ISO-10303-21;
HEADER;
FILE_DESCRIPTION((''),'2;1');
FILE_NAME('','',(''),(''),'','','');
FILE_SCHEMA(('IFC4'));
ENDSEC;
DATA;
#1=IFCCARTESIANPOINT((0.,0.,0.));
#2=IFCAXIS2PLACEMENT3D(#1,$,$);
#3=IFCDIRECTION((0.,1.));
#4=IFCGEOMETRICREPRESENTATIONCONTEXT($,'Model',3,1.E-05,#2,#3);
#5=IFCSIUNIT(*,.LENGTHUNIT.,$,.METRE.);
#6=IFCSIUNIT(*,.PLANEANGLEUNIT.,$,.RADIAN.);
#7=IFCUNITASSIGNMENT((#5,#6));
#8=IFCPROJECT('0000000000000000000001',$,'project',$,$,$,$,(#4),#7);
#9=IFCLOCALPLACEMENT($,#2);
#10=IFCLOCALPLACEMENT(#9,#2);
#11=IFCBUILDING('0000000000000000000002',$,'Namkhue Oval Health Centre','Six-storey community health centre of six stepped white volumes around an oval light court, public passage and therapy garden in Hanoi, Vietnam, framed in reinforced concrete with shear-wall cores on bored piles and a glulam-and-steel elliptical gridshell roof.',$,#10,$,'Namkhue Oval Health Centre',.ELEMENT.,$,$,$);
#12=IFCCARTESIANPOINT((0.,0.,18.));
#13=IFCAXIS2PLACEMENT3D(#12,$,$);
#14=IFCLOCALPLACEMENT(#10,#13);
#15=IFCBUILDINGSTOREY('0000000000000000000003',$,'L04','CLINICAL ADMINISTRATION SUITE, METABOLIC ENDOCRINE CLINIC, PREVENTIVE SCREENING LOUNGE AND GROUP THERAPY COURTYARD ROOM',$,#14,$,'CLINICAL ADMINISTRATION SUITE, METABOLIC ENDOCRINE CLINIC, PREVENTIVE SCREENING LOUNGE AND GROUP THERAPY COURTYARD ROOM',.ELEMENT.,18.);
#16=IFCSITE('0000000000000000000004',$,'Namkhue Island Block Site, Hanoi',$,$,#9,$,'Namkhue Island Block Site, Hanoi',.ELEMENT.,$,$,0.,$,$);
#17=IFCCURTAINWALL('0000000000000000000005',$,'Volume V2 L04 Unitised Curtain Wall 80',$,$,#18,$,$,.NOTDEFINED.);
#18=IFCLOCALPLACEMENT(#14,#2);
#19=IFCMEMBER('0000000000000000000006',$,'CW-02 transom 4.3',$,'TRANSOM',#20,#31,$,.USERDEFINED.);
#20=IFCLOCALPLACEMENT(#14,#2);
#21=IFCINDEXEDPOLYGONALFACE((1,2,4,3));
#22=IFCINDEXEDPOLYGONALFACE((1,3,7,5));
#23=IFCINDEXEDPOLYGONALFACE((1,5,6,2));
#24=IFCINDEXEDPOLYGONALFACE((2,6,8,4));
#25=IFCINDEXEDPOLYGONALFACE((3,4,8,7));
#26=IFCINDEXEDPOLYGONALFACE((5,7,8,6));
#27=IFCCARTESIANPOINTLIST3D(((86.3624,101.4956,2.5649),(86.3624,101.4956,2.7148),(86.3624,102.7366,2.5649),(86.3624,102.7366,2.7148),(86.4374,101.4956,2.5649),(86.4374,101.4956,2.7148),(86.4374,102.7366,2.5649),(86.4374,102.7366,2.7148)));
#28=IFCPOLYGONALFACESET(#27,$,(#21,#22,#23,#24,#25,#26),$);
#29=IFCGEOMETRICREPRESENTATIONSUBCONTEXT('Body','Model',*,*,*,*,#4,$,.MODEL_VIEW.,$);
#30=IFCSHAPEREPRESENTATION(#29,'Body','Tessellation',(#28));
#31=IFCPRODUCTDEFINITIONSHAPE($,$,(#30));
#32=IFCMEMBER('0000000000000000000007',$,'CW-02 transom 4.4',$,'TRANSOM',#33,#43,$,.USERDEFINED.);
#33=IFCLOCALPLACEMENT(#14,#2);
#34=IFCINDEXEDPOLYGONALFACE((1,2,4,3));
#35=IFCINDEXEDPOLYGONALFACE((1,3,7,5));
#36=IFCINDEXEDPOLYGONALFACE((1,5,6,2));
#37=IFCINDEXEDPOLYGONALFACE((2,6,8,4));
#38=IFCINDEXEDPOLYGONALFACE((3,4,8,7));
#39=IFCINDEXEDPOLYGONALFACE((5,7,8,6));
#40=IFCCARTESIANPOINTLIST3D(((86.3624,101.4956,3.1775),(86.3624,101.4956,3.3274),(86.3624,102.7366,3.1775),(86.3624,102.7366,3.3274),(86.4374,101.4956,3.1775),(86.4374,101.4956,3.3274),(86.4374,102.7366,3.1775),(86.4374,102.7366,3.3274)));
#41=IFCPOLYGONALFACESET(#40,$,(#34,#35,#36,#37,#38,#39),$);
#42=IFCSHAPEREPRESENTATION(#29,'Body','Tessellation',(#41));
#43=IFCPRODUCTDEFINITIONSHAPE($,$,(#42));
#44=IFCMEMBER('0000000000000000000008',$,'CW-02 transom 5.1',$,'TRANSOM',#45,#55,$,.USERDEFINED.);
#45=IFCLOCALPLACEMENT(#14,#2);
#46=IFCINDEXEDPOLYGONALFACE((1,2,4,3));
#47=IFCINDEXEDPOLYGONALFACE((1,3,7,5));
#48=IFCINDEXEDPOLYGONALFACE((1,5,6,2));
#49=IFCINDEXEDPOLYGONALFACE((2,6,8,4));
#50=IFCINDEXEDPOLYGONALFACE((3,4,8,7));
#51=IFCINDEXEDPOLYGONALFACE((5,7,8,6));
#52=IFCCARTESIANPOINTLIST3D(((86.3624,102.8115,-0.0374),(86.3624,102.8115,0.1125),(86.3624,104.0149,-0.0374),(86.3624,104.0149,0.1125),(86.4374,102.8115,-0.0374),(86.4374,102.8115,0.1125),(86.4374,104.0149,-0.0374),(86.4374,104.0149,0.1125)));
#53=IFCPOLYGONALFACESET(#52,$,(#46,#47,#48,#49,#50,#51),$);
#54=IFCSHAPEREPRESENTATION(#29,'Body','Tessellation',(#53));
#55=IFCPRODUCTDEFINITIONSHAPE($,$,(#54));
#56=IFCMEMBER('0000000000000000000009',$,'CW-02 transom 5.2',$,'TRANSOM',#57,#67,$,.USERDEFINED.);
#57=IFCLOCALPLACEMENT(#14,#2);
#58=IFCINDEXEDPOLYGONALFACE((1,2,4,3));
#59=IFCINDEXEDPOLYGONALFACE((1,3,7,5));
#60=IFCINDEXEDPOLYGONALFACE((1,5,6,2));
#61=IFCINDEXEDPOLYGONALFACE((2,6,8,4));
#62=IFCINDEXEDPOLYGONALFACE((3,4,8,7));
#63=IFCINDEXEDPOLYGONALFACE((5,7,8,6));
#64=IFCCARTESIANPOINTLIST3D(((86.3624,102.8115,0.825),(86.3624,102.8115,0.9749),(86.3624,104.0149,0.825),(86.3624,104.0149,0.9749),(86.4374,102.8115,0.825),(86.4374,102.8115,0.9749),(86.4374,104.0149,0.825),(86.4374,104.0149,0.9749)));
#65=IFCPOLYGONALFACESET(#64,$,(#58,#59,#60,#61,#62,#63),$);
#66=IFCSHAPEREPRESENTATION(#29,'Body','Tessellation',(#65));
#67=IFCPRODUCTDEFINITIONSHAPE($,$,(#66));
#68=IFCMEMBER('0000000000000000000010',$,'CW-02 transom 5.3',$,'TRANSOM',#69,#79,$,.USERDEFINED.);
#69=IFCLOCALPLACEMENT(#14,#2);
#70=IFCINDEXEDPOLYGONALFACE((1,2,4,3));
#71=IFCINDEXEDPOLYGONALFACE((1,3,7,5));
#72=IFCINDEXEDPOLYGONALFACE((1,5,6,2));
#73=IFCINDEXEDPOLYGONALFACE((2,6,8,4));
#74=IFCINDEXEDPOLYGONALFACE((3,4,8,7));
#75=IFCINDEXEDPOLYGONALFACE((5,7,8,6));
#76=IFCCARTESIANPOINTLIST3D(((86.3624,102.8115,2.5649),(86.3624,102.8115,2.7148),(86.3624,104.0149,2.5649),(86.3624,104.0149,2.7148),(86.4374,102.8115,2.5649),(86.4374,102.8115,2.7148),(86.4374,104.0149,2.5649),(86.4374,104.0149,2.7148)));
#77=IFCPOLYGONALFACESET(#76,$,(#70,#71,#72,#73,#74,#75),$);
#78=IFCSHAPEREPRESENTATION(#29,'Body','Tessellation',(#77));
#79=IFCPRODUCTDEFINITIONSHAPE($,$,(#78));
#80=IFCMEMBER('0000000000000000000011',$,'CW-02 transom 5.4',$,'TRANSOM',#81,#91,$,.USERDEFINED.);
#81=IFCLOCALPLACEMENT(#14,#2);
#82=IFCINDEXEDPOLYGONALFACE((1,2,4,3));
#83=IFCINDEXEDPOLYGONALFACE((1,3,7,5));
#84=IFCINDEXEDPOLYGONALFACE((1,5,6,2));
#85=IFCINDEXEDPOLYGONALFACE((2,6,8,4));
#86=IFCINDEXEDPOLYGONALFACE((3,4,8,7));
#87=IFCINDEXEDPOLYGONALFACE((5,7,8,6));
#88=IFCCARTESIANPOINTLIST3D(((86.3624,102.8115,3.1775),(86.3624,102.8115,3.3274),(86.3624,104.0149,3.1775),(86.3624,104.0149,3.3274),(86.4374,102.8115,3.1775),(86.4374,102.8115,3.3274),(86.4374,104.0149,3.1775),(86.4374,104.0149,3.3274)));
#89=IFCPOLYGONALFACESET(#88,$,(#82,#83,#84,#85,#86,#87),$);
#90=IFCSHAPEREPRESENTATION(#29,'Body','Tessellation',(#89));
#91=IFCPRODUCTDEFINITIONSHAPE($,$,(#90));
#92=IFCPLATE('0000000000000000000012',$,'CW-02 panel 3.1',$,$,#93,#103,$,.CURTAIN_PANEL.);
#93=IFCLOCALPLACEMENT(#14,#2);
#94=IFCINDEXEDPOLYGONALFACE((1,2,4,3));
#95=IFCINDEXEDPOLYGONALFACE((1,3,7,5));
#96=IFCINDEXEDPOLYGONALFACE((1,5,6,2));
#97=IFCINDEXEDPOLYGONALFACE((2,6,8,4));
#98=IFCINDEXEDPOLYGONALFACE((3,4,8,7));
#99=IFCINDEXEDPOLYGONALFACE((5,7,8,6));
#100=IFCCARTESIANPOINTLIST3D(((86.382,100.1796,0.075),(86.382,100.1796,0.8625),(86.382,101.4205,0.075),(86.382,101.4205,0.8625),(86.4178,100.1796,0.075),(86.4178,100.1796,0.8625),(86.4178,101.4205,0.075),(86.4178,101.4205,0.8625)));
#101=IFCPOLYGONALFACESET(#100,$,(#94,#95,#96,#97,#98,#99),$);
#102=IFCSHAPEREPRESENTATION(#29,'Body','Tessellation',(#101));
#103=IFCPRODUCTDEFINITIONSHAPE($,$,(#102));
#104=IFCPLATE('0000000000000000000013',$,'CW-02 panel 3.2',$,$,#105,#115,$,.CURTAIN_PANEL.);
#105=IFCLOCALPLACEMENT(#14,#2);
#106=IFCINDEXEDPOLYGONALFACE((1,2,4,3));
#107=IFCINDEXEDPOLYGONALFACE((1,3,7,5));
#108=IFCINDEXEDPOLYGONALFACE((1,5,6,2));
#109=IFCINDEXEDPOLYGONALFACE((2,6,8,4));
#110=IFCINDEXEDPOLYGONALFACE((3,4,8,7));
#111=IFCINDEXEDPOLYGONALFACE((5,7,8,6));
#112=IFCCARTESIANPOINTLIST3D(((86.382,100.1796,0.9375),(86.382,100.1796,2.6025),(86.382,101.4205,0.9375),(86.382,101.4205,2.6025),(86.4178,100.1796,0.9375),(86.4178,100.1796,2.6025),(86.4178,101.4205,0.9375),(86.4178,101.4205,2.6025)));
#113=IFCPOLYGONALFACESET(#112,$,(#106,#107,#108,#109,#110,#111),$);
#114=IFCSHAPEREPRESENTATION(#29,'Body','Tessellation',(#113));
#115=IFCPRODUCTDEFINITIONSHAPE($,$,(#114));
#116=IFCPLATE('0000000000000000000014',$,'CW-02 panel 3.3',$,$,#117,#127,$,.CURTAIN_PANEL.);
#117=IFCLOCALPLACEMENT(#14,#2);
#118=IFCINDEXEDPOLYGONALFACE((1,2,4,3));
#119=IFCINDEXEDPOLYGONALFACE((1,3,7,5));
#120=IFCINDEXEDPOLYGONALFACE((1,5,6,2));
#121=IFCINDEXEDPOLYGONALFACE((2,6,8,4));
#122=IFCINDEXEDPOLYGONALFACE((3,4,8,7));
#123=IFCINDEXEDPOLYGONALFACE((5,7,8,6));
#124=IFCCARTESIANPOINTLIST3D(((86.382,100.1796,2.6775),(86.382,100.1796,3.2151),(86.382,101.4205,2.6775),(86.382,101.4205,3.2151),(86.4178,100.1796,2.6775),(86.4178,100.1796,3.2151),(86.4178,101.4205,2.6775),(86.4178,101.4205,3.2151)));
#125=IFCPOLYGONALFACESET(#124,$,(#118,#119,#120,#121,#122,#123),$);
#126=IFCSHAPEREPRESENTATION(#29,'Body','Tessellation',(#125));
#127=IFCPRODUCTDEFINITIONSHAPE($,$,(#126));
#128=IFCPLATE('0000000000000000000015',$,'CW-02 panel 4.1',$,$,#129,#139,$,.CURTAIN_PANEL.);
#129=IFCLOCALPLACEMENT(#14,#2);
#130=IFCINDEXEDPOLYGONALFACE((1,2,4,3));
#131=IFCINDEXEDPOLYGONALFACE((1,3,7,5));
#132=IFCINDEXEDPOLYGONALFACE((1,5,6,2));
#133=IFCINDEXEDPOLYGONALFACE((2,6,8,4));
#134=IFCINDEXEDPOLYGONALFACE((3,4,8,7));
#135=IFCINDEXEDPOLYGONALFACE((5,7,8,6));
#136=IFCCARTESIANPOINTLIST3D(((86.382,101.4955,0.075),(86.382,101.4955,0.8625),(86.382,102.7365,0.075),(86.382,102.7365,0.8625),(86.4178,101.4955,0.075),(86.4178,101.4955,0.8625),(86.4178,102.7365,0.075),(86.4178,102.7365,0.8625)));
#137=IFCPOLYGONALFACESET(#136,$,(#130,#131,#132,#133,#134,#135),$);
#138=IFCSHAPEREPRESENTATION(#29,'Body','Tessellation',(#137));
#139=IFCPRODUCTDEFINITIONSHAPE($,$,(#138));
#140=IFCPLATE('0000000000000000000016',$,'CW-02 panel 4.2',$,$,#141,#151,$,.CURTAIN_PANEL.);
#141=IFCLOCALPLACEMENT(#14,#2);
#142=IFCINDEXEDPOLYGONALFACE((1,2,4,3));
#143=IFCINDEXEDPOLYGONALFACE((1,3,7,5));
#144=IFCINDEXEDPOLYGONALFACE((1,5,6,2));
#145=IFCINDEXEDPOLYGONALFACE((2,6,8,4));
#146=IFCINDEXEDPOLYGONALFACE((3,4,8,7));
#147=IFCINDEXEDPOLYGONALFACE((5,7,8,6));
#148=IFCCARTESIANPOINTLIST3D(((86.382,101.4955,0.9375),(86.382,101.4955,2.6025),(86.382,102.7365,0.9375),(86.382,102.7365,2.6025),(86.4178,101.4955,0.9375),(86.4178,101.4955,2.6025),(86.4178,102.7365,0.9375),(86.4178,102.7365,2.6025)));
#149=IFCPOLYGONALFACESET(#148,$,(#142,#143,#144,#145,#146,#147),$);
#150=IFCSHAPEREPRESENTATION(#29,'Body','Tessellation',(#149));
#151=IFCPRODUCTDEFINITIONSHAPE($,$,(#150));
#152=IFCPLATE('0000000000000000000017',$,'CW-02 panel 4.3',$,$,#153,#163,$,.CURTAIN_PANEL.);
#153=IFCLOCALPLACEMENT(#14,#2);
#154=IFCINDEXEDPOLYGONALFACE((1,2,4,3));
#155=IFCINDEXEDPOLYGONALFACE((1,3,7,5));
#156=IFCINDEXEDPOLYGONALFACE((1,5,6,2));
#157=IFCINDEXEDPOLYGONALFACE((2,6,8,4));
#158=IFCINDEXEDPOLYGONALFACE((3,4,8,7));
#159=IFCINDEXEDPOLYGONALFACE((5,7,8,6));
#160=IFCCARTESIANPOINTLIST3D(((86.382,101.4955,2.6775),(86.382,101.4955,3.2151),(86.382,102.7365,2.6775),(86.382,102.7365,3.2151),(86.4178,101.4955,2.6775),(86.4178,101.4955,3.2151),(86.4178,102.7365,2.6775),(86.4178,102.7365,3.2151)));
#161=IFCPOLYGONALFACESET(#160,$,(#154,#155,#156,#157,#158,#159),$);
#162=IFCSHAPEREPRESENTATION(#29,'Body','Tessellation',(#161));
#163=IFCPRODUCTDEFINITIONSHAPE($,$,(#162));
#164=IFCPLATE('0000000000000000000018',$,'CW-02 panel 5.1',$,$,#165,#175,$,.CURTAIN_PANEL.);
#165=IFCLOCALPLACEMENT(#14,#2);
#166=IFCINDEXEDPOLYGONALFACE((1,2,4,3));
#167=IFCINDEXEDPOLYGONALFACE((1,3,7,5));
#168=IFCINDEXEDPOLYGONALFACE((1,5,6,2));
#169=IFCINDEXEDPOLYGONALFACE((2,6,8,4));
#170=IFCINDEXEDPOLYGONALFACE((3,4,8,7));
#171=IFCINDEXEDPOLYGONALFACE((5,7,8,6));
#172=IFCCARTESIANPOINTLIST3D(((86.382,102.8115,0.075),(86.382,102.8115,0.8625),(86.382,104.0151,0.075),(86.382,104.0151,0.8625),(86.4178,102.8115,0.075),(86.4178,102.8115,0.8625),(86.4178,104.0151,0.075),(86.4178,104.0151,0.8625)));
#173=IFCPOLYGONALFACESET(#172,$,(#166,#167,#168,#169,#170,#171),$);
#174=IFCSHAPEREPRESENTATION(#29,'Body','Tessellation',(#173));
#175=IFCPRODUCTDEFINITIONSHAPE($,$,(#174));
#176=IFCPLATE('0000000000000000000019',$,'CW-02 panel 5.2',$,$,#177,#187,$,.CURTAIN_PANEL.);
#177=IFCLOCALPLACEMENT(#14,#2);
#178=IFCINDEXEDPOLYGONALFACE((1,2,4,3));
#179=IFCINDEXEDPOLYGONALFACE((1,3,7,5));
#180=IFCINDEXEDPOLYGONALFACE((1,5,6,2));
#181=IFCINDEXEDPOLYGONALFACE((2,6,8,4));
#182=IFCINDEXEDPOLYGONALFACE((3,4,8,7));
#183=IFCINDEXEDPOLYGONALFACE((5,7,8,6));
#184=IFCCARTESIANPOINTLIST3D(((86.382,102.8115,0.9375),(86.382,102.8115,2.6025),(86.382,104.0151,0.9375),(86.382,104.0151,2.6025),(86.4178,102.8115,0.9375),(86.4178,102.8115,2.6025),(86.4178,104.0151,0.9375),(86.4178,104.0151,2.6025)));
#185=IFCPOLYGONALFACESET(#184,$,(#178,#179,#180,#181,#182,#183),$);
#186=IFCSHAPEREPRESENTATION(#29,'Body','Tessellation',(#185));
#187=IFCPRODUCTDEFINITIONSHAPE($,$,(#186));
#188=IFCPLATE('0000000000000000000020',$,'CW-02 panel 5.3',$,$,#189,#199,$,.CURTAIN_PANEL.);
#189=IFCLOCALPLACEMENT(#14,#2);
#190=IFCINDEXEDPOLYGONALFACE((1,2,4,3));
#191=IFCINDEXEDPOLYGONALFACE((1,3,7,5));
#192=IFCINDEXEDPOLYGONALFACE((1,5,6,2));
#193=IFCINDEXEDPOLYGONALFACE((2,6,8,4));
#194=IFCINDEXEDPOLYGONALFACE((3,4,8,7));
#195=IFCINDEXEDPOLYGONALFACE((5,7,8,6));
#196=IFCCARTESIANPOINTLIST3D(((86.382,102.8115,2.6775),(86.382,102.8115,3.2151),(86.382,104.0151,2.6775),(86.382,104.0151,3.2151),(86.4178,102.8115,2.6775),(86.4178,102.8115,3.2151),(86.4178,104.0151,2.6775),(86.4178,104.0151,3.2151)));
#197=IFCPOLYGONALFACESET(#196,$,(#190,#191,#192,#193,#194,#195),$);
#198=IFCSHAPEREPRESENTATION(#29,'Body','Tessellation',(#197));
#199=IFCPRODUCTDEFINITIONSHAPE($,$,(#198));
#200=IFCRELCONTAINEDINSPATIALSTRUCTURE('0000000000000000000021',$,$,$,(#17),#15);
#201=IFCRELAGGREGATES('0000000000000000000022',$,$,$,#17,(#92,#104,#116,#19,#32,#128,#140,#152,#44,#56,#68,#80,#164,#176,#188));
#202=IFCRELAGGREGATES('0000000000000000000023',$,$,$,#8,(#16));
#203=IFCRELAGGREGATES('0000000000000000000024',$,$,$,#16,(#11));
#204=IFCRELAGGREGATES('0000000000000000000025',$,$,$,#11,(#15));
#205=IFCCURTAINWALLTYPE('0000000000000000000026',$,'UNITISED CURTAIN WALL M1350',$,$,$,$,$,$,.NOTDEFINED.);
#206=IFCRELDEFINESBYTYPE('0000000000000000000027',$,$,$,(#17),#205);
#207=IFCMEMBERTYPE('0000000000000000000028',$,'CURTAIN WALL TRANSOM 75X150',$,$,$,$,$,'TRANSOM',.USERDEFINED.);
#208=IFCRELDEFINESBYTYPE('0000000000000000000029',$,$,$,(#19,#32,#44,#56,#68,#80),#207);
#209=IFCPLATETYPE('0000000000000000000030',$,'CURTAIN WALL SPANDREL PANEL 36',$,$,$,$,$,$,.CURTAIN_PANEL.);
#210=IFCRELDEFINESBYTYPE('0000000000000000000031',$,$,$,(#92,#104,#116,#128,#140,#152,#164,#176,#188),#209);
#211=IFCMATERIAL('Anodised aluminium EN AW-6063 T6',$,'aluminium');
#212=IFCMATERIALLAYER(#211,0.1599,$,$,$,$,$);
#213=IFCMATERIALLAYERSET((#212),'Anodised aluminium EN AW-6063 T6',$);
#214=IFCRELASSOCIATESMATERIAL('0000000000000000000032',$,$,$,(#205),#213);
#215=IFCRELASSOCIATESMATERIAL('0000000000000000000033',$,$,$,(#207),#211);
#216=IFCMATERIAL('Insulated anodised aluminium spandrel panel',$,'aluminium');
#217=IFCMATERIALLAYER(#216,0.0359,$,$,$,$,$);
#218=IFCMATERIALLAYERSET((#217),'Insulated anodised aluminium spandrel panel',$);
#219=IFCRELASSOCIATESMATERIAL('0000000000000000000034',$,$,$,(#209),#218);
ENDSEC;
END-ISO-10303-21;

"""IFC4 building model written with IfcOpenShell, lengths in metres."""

from ifc_helpers import new_model, si_unit, direction, frame, origin, origin_2d, place, context, subcontext, project, spatial, rectangle, extrude, material, layer, layer_set, material_profile, profile_set, type_object, element, aggregate, save


model = new_model("IFC4")

# Units and contexts
model_context = context("Model", 3, precision=1e-05, world=origin(), true_north=direction((0.0, 1.0)))
body_context = subcontext(model_context, "Body", "Model", "MODEL_VIEW")
ifc_project = project(units=[si_unit("LENGTHUNIT", "METRE"), si_unit("PLANEANGLEUNIT", "RADIAN")], contexts=[model_context])

# Site, building, storey
site_placement = place(None, origin())
site = spatial("IfcSite", under=ifc_project, at=site_placement, Name="Namkhue Island Block Site, Hanoi", LongName="Namkhue Island Block Site, Hanoi", CompositionType="ELEMENT", RefElevation=0.0)
building_placement = place(site_placement, origin())
building = spatial("IfcBuilding", under=site, at=building_placement, Name="Namkhue Oval Health Centre", Description="Six-storey community health centre of six stepped white volumes around an oval light court, public passage and therapy garden in Hanoi, Vietnam, framed in reinforced concrete with shear-wall cores on bored piles and a glulam-and-steel elliptical gridshell roof.", LongName="Namkhue Oval Health Centre", CompositionType="ELEMENT")
storey_placement = place(building_placement, frame((0.0, 0.0, 18.0)))
storey = spatial("IfcBuildingStorey", under=building, at=storey_placement, Name="L04", Description="CLINICAL ADMINISTRATION SUITE, METABOLIC ENDOCRINE CLINIC, PREVENTIVE SCREENING LOUNGE AND GROUP THERAPY COURTYARD ROOM", LongName="CLINICAL ADMINISTRATION SUITE, METABOLIC ENDOCRINE CLINIC, PREVENTIVE SCREENING LOUNGE AND GROUP THERAPY COURTYARD ROOM", CompositionType="ELEMENT", Elevation=18.0)

# Curtain wall, members, plates
ifc_material_1 = material(Name="Anodised aluminium EN AW-6063 T6", Category="aluminium")
ifc_layer_1 = layer(ifc_material_1, 0.1599)
ifc_layer_set_1 = layer_set([ifc_layer_1], Name="Anodised aluminium EN AW-6063 T6")
curtain_wall_type = type_object("IfcCurtainWallType", Name="UNITISED CURTAIN WALL M1350", PredefinedType="NOTDEFINED", material=ifc_layer_set_1)
curtain_wall_placement = place(storey_placement, origin())
curtain_wall = element("IfcCurtainWall", 1, at=curtain_wall_placement, inside=storey, type_object=curtain_wall_type, Name="Volume V2 L04 Unitised Curtain Wall 80", PredefinedType="NOTDEFINED")
ifc_material_profile_1 = material_profile(ifc_material_1, rectangle(XDim=0.075, YDim=0.1499, at=origin_2d()), Name="ALU 75x150")
ifc_profile_set_1 = profile_set([ifc_material_profile_1], Name="Anodised aluminium EN AW-6063 T6")
member_type_1 = type_object("IfcMemberType", Name="CURTAIN WALL TRANSOM 75X150", ElementType="TRANSOM", PredefinedType="USERDEFINED", material=ifc_profile_set_1)
member_1_placement = place(storey_placement, frame((86.3999, 101.4956, 2.6399), z_axis=(0.0, 1.0, 0.0), x_axis=(-1.0, 0.0, 0.0)))
member_1 = element("IfcMember", 2, at=member_1_placement, type_object=member_type_1, Name="CW-02 transom 4.3", ObjectType="TRANSOM", PredefinedType="USERDEFINED", context=body_context, shape_type="SweptSolid", body=[
    extrude(rectangle(XDim=0.075, YDim=0.1499, at=origin_2d()), origin(), (0.0, 0.0, 1.0), 1.241),
])
member_2_placement = place(storey_placement, frame((86.3999, 101.4956, 3.2524), z_axis=(0.0, 1.0, 0.0), x_axis=(-1.0, 0.0, 0.0)))
member_2 = element("IfcMember", 3, at=member_2_placement, type_object=member_type_1, Name="CW-02 transom 4.4", ObjectType="TRANSOM", PredefinedType="USERDEFINED", context=body_context, shape_type="SweptSolid", body=[
    extrude(rectangle(XDim=0.075, YDim=0.1499, at=origin_2d()), origin(), (0.0, 0.0, 1.0), 1.241),
])
member_3_placement = place(storey_placement, frame((86.3999, 102.8115, 0.0376), z_axis=(0.0, 1.0, 0.0), x_axis=(-1.0, 0.0, 0.0)))
member_3 = element("IfcMember", 4, at=member_3_placement, type_object=member_type_1, Name="CW-02 transom 5.1", ObjectType="TRANSOM", PredefinedType="USERDEFINED", context=body_context, shape_type="SweptSolid", body=[
    extrude(rectangle(XDim=0.075, YDim=0.1499, at=origin_2d()), origin(), (0.0, 0.0, 1.0), 1.2034),
])
member_4_placement = place(storey_placement, frame((86.3999, 102.8115, 0.8999), z_axis=(0.0, 1.0, 0.0), x_axis=(-1.0, 0.0, 0.0)))
member_4 = element("IfcMember", 5, at=member_4_placement, type_object=member_type_1, Name="CW-02 transom 5.2", ObjectType="TRANSOM", PredefinedType="USERDEFINED", context=body_context, shape_type="SweptSolid", body=[
    extrude(rectangle(XDim=0.075, YDim=0.1499, at=origin_2d()), origin(), (0.0, 0.0, 1.0), 1.2034),
])
member_5_placement = place(storey_placement, frame((86.3999, 102.8115, 2.6399), z_axis=(0.0, 1.0, 0.0), x_axis=(-1.0, 0.0, 0.0)))
member_5 = element("IfcMember", 6, at=member_5_placement, type_object=member_type_1, Name="CW-02 transom 5.3", ObjectType="TRANSOM", PredefinedType="USERDEFINED", context=body_context, shape_type="SweptSolid", body=[
    extrude(rectangle(XDim=0.075, YDim=0.1499, at=origin_2d()), origin(), (0.0, 0.0, 1.0), 1.2034),
])
member_6_placement = place(storey_placement, frame((86.3999, 102.8115, 3.2524), z_axis=(0.0, 1.0, 0.0), x_axis=(-1.0, 0.0, 0.0)))
member_6 = element("IfcMember", 7, at=member_6_placement, type_object=member_type_1, Name="CW-02 transom 5.4", ObjectType="TRANSOM", PredefinedType="USERDEFINED", context=body_context, shape_type="SweptSolid", body=[
    extrude(rectangle(XDim=0.075, YDim=0.1499, at=origin_2d()), origin(), (0.0, 0.0, 1.0), 1.2034),
])
ifc_material_2 = material(Name="Insulated anodised aluminium spandrel panel", Category="aluminium")
ifc_layer_2 = layer(ifc_material_2, 0.0359)
ifc_layer_set_2 = layer_set([ifc_layer_2], Name="Insulated anodised aluminium spandrel panel")
plate_type = type_object("IfcPlateType", Name="CURTAIN WALL SPANDREL PANEL 36", PredefinedType="CURTAIN_PANEL", material=ifc_layer_set_2)
plate_1_placement = place(storey_placement, frame((86.3999, 100.8, 0.075), z_axis=(0.0, 0.0, 1.0), x_axis=(0.0, 1.0, 0.0)))
plate_1 = element("IfcPlate", 8, at=plate_1_placement, type_object=plate_type, Name="CW-02 panel 3.1", PredefinedType="CURTAIN_PANEL", context=body_context, shape_type="SweptSolid", body=[
    extrude(rectangle(XDim=1.241, YDim=0.0359, at=origin_2d()), origin(), (0.0, 0.0, 1.0), 0.7876),
])
plate_2_placement = place(storey_placement, frame((86.3999, 100.8, 0.9375), z_axis=(0.0, 0.0, 1.0), x_axis=(0.0, 1.0, 0.0)))
plate_2 = element("IfcPlate", 9, at=plate_2_placement, type_object=plate_type, Name="CW-02 panel 3.2", PredefinedType="CURTAIN_PANEL", context=body_context, shape_type="SweptSolid", body=[
    extrude(rectangle(XDim=1.241, YDim=0.0359, at=origin_2d()), origin(), (0.0, 0.0, 1.0), 1.665),
])
plate_3_placement = place(storey_placement, frame((86.3999, 100.8, 2.6775), z_axis=(0.0, 0.0, 1.0), x_axis=(0.0, 1.0, 0.0)))
plate_3 = element("IfcPlate", 10, at=plate_3_placement, type_object=plate_type, Name="CW-02 panel 3.3", PredefinedType="CURTAIN_PANEL", context=body_context, shape_type="SweptSolid", body=[
    extrude(rectangle(XDim=1.241, YDim=0.0359, at=origin_2d()), origin(), (0.0, 0.0, 1.0), 0.5376),
])
plate_4_placement = place(storey_placement, frame((86.3999, 102.116, 0.075), z_axis=(0.0, 0.0, 1.0), x_axis=(0.0, 1.0, 0.0)))
plate_4 = element("IfcPlate", 11, at=plate_4_placement, type_object=plate_type, Name="CW-02 panel 4.1", PredefinedType="CURTAIN_PANEL", context=body_context, shape_type="SweptSolid", body=[
    extrude(rectangle(XDim=1.241, YDim=0.0359, at=origin_2d()), origin(), (0.0, 0.0, 1.0), 0.7876),
])
plate_5_placement = place(storey_placement, frame((86.3999, 102.116, 0.9375), z_axis=(0.0, 0.0, 1.0), x_axis=(0.0, 1.0, 0.0)))
plate_5 = element("IfcPlate", 12, at=plate_5_placement, type_object=plate_type, Name="CW-02 panel 4.2", PredefinedType="CURTAIN_PANEL", context=body_context, shape_type="SweptSolid", body=[
    extrude(rectangle(XDim=1.241, YDim=0.0359, at=origin_2d()), origin(), (0.0, 0.0, 1.0), 1.665),
])
plate_6_placement = place(storey_placement, frame((86.3999, 102.116, 2.6775), z_axis=(0.0, 0.0, 1.0), x_axis=(0.0, 1.0, 0.0)))
plate_6 = element("IfcPlate", 13, at=plate_6_placement, type_object=plate_type, Name="CW-02 panel 4.3", PredefinedType="CURTAIN_PANEL", context=body_context, shape_type="SweptSolid", body=[
    extrude(rectangle(XDim=1.241, YDim=0.0359, at=origin_2d()), origin(), (0.0, 0.0, 1.0), 0.5376),
])
plate_7_placement = place(storey_placement, frame((86.3999, 103.4133, 0.075), z_axis=(0.0, 0.0, 1.0), x_axis=(0.0, 1.0, 0.0)))
plate_7 = element("IfcPlate", 14, at=plate_7_placement, type_object=plate_type, Name="CW-02 panel 5.1", PredefinedType="CURTAIN_PANEL", context=body_context, shape_type="SweptSolid", body=[
    extrude(rectangle(XDim=1.2036, YDim=0.0359, at=origin_2d()), origin(), (0.0, 0.0, 1.0), 0.7876),
])
plate_8_placement = place(storey_placement, frame((86.3999, 103.4133, 0.9375), z_axis=(0.0, 0.0, 1.0), x_axis=(0.0, 1.0, 0.0)))
plate_8 = element("IfcPlate", 15, at=plate_8_placement, type_object=plate_type, Name="CW-02 panel 5.2", PredefinedType="CURTAIN_PANEL", context=body_context, shape_type="SweptSolid", body=[
    extrude(rectangle(XDim=1.2036, YDim=0.0359, at=origin_2d()), origin(), (0.0, 0.0, 1.0), 1.665),
])
plate_9_placement = place(storey_placement, frame((86.3999, 103.4133, 2.6775), z_axis=(0.0, 0.0, 1.0), x_axis=(0.0, 1.0, 0.0)))
plate_9 = element("IfcPlate", 16, at=plate_9_placement, type_object=plate_type, Name="CW-02 panel 5.3", PredefinedType="CURTAIN_PANEL", context=body_context, shape_type="SweptSolid", body=[
    extrude(rectangle(XDim=1.2036, YDim=0.0359, at=origin_2d()), origin(), (0.0, 0.0, 1.0), 0.5376),
])
aggregate(curtain_wall, [plate_1, plate_2, plate_3, member_1, member_2, plate_4, plate_5, plate_6, member_3, member_4, member_5, member_6, plate_7, plate_8, plate_9])

save(model, "model.ifc")
